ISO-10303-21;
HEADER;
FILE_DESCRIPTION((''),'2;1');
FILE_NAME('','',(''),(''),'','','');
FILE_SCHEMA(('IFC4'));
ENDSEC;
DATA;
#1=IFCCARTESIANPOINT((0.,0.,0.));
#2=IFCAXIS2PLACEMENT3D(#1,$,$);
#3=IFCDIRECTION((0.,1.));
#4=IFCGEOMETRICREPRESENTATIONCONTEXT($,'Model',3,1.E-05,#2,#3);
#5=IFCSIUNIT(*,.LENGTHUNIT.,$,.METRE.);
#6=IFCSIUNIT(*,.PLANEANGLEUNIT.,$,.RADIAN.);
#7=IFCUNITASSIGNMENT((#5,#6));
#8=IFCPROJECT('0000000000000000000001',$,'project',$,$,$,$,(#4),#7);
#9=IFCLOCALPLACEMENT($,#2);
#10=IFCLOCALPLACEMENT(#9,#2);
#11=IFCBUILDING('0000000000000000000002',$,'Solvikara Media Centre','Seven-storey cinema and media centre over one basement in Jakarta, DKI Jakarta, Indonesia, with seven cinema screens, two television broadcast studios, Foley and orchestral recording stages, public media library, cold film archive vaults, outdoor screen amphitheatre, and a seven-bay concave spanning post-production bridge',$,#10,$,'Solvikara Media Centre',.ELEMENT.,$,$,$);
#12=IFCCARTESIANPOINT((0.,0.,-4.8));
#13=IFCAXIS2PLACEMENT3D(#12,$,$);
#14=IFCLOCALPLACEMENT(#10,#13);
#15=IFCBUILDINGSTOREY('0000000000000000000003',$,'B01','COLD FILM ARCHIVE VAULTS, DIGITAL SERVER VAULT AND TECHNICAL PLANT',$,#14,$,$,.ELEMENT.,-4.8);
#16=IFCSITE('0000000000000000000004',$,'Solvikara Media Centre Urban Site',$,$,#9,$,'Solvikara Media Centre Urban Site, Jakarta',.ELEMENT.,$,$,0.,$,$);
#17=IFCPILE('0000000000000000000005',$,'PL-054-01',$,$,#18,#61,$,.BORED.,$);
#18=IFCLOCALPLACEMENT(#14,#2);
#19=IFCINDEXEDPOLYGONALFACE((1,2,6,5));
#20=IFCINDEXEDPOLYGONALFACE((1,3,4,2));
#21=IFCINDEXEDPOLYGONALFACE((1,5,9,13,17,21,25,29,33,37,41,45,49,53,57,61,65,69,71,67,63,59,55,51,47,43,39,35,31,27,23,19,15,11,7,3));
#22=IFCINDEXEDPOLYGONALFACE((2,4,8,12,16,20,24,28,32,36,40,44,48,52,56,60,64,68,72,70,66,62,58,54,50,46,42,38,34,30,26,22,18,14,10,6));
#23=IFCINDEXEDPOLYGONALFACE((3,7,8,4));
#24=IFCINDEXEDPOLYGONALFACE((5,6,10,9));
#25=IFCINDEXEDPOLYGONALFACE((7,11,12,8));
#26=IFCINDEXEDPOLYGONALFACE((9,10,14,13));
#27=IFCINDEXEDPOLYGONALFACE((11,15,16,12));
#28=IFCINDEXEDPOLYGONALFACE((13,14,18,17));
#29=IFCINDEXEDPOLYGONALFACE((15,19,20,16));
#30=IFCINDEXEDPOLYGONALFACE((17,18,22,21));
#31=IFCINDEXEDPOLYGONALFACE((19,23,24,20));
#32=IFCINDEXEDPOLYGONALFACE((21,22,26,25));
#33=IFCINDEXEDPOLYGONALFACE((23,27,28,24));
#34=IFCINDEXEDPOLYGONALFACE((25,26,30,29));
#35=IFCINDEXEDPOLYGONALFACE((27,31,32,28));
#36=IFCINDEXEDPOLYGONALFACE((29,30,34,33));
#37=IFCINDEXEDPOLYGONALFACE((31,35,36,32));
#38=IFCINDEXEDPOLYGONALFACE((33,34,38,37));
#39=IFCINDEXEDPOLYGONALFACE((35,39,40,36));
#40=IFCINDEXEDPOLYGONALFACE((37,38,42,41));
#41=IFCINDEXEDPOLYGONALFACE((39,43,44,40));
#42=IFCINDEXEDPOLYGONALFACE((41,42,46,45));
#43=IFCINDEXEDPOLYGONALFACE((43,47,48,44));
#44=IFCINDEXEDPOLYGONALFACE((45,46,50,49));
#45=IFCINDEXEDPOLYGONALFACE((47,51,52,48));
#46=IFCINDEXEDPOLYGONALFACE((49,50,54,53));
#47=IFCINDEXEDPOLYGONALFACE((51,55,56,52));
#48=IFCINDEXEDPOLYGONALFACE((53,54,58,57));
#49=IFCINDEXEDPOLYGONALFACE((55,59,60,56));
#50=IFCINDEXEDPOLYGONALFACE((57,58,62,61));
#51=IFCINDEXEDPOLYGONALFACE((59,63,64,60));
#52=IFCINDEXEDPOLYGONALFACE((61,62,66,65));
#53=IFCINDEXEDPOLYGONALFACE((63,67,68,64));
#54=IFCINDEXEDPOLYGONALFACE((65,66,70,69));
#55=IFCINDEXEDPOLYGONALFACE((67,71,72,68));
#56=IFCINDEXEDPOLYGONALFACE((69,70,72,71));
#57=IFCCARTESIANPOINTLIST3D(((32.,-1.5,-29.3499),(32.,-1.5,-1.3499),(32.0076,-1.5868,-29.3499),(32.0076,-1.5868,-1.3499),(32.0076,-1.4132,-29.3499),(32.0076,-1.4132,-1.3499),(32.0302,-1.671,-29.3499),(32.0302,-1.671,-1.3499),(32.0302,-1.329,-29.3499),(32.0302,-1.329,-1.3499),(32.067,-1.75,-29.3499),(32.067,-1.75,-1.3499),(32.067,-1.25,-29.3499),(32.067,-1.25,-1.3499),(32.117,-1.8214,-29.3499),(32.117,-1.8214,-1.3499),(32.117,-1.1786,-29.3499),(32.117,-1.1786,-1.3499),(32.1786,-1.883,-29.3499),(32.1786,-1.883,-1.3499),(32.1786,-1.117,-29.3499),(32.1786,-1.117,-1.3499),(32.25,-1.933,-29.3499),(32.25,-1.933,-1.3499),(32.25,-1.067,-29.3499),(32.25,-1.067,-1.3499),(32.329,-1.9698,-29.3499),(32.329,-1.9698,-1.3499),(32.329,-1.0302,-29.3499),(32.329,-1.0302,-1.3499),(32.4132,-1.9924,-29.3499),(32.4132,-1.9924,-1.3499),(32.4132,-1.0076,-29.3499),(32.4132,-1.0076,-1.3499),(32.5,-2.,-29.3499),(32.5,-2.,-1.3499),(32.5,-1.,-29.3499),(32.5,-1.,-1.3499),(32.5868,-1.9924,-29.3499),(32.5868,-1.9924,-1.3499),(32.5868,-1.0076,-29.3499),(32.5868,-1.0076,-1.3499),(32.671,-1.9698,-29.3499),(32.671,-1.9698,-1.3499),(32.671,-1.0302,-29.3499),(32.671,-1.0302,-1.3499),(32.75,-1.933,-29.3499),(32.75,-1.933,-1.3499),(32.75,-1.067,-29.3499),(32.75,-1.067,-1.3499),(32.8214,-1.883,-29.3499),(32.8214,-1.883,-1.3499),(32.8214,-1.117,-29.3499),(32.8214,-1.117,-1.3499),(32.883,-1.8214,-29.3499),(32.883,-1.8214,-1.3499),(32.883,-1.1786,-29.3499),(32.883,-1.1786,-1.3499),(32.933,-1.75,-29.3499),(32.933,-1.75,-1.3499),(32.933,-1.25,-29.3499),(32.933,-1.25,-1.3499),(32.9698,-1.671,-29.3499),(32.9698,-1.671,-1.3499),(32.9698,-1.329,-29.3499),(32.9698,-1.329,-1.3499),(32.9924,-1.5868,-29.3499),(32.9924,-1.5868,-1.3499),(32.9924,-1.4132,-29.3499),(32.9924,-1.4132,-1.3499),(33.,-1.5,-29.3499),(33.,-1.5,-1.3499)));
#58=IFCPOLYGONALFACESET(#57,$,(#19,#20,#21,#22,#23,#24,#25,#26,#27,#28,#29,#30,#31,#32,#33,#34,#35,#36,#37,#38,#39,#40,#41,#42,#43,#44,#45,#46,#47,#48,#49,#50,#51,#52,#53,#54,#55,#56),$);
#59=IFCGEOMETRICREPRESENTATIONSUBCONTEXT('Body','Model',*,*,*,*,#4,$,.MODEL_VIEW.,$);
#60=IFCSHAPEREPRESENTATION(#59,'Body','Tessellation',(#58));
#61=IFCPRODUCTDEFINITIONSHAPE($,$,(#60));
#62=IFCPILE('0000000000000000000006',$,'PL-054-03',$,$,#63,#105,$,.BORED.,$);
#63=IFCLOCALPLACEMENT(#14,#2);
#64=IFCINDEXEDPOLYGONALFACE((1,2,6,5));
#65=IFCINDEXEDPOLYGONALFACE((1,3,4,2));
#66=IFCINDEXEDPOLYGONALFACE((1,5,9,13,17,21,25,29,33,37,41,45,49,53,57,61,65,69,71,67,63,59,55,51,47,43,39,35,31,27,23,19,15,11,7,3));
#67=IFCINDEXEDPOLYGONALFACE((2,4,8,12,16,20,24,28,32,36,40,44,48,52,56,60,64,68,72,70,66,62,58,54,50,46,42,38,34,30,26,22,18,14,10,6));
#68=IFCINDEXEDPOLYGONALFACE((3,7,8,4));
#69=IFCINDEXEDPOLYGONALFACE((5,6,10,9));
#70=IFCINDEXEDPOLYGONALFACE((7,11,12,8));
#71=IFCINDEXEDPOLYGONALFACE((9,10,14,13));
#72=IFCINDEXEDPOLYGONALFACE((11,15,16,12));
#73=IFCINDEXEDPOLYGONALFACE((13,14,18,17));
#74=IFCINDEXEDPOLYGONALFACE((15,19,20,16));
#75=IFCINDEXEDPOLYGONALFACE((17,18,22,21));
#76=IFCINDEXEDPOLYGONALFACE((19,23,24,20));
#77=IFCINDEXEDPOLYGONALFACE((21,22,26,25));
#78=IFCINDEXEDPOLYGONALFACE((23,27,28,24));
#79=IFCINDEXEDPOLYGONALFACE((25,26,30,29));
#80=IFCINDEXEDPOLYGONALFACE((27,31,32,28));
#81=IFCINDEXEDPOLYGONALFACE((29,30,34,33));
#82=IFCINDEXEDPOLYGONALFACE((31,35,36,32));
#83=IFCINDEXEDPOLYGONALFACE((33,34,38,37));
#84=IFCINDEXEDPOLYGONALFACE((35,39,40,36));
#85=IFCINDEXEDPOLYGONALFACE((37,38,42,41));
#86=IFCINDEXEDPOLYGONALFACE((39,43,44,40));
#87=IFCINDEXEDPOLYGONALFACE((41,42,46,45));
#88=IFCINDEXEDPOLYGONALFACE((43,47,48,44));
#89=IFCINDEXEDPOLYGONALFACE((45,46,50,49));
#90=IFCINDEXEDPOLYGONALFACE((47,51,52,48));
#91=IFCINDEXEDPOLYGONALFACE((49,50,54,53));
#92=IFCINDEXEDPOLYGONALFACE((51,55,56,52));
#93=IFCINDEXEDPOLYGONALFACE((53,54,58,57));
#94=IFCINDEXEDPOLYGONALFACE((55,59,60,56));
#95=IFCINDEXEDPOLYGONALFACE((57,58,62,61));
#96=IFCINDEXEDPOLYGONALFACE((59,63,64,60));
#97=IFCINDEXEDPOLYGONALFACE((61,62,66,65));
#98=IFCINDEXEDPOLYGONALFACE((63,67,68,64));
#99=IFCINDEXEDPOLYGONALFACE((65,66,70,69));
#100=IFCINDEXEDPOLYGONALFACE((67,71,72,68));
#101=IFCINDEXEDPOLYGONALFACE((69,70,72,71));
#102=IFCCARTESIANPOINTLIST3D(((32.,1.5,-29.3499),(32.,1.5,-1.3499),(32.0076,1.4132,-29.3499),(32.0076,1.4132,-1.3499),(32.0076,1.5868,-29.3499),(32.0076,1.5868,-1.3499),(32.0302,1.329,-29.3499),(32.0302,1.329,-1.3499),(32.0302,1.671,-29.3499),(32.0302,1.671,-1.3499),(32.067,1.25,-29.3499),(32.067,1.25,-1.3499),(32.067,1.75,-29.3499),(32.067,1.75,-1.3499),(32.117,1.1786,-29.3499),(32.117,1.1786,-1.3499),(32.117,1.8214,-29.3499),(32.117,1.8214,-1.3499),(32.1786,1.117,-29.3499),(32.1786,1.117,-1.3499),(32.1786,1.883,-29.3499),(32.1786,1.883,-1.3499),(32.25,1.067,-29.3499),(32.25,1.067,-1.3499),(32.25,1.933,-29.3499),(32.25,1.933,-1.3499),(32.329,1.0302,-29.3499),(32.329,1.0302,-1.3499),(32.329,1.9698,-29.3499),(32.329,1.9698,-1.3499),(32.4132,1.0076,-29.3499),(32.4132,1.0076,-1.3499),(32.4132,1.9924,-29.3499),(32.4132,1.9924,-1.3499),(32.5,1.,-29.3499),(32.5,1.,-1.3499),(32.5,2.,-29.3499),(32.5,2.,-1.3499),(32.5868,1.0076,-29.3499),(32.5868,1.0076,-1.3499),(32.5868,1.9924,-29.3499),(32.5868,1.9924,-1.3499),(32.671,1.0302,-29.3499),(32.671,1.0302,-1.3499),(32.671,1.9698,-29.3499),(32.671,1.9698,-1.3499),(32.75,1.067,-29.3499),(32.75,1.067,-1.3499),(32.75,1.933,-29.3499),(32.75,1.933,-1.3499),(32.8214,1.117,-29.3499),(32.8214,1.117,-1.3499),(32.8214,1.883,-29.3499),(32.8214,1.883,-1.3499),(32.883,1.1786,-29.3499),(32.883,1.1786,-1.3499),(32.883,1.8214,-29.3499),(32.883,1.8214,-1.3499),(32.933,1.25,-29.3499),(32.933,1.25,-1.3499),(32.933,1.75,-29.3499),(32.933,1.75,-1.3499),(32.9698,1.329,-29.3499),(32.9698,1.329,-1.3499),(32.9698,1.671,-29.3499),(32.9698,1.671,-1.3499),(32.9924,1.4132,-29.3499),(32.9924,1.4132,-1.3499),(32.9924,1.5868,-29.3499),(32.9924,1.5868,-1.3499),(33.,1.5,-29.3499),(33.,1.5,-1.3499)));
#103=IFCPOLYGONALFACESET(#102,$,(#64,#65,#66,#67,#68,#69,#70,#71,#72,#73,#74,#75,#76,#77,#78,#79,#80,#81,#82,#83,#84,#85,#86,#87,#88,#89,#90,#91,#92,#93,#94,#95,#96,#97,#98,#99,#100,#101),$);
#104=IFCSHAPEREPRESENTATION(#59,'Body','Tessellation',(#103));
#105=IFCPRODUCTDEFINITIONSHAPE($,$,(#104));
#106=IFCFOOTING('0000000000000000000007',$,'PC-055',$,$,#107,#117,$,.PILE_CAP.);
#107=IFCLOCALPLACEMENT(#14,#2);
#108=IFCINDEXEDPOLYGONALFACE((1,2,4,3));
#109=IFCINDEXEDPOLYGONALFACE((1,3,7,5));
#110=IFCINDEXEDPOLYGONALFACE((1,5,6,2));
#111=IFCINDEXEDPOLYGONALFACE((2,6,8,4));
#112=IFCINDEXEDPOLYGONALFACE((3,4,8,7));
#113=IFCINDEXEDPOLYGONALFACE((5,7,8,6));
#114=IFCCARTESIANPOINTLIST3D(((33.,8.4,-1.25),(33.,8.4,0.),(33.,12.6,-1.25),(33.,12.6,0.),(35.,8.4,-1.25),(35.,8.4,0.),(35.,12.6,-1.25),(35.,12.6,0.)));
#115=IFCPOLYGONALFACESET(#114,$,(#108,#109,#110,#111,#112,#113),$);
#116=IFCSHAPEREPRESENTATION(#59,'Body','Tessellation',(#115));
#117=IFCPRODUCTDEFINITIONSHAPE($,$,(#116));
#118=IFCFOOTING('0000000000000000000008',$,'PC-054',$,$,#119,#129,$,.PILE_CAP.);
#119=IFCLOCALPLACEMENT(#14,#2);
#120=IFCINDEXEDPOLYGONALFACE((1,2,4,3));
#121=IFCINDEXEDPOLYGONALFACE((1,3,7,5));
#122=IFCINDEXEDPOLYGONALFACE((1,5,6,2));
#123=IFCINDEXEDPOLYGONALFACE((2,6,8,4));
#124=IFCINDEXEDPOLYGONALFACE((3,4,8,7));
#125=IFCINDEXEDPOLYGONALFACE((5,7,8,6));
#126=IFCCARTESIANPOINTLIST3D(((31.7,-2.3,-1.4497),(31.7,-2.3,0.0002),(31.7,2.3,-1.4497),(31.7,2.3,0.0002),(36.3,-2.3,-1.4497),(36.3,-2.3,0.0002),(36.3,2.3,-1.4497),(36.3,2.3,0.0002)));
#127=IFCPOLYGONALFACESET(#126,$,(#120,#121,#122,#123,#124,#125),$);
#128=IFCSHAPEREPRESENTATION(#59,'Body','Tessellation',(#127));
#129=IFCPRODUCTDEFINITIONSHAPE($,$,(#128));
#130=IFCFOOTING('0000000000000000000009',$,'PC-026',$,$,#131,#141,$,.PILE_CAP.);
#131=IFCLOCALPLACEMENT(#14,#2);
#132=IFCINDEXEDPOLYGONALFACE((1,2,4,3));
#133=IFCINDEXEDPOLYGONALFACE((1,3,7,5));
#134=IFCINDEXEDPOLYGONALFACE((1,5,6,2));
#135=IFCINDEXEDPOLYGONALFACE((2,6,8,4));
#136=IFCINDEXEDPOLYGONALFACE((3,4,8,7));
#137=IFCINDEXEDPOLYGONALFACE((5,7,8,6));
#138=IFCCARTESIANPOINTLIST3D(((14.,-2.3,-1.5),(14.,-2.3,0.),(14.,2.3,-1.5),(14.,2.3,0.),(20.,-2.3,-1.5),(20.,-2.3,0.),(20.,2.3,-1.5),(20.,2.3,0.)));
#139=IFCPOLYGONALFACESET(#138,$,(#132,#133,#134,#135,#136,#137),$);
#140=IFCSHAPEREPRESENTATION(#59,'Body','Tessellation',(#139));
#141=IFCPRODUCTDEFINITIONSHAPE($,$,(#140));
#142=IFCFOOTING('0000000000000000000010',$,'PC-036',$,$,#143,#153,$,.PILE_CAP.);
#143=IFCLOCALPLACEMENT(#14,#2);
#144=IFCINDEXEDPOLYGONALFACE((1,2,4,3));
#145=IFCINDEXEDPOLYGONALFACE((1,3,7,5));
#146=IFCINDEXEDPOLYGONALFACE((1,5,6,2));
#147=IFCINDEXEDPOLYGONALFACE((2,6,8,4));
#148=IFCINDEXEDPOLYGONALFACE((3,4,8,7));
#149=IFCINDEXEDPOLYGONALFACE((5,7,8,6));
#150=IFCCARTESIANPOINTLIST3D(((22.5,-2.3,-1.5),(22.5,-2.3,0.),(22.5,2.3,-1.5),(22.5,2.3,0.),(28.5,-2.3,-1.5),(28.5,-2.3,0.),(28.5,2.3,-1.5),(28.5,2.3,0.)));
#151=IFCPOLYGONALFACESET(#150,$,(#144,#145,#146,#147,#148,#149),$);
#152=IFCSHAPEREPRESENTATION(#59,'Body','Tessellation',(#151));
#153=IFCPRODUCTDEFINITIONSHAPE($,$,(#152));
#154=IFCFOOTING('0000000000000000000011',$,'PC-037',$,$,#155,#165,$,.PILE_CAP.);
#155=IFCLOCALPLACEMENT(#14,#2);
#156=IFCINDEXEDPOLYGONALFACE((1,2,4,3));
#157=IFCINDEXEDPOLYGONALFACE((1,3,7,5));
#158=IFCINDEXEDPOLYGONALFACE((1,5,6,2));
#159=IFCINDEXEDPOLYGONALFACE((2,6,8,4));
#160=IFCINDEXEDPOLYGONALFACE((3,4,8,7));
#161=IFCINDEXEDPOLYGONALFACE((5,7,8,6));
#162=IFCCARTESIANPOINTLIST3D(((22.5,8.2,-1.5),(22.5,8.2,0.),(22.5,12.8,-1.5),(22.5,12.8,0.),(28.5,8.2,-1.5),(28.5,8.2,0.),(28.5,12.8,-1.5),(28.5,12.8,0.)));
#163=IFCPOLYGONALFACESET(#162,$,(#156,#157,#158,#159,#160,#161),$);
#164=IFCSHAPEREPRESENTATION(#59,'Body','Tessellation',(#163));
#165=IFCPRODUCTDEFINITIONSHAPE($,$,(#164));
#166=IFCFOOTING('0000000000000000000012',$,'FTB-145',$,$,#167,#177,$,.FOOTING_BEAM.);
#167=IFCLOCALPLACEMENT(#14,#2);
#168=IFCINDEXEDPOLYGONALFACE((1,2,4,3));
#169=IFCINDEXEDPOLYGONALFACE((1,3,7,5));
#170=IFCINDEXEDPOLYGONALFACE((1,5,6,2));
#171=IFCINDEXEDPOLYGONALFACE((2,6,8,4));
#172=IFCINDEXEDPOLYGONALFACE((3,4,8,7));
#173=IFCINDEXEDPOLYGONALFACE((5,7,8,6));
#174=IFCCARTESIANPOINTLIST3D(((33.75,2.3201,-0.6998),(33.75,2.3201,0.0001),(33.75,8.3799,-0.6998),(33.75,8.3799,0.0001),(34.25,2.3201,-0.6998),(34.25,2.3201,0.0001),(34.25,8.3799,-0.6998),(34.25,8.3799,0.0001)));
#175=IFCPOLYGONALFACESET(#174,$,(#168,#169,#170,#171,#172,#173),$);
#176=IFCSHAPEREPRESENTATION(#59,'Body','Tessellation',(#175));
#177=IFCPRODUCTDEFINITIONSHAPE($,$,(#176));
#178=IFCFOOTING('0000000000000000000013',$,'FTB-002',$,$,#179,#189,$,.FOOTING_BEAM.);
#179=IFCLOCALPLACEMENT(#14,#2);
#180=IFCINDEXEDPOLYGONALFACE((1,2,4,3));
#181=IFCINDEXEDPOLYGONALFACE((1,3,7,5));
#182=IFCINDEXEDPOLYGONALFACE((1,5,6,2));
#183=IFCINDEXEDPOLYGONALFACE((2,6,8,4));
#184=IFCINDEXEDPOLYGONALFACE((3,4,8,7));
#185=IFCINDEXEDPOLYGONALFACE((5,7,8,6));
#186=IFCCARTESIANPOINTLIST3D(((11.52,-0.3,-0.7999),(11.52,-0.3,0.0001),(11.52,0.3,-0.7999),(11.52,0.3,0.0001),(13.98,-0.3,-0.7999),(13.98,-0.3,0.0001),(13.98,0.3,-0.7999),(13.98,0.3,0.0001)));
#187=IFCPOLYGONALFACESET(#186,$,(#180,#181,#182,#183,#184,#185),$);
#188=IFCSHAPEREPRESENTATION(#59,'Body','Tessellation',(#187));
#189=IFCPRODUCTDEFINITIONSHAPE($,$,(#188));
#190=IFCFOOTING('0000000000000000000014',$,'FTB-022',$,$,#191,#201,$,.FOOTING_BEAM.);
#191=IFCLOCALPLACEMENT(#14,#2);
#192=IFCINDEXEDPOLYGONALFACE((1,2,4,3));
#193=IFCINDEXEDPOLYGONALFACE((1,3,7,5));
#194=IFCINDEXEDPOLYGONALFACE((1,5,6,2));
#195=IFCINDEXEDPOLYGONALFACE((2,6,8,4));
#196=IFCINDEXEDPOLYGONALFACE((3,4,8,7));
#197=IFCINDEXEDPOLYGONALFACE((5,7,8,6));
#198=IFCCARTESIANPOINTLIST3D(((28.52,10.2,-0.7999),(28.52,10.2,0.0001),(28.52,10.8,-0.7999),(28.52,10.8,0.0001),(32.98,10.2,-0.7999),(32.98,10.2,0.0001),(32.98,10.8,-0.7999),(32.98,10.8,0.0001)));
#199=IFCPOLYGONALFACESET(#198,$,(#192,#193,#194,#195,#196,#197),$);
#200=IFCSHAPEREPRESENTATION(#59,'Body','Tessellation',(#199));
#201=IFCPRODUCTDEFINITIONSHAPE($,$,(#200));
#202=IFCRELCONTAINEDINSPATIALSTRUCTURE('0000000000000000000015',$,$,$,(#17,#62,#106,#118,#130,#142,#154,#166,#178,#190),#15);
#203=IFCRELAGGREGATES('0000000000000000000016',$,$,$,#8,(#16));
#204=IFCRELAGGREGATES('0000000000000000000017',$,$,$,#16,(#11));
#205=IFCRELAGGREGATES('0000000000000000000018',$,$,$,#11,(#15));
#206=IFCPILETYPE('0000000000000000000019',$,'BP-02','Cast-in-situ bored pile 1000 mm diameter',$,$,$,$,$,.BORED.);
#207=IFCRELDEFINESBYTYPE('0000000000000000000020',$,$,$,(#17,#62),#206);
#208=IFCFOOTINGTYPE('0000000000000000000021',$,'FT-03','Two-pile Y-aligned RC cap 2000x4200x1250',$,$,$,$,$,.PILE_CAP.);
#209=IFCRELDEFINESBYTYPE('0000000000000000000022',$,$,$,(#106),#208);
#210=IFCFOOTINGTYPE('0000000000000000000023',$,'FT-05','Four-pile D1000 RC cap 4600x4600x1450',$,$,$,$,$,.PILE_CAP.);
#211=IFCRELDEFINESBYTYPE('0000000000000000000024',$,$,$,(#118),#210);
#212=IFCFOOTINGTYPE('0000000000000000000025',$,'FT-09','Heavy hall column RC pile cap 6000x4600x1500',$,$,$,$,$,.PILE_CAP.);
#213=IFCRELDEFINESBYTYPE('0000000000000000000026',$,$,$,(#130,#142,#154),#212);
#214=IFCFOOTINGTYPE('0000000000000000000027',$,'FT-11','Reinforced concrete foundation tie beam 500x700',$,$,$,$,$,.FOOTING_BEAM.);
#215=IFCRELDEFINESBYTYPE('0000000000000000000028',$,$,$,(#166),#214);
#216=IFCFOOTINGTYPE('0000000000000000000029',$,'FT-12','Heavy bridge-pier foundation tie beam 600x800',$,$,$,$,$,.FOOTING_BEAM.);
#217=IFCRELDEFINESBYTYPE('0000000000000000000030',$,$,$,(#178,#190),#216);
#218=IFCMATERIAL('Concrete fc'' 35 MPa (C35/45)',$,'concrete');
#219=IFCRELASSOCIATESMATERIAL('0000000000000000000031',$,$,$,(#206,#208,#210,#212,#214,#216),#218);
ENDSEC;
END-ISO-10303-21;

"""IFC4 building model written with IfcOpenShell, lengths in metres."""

from ifc_helpers import new_model, si_unit, direction, frame, origin, origin_2d, place, context, subcontext, project, spatial, rectangle, circle, extrude, material, material_profile, profile_set, type_object, element, save


model = new_model("IFC4")

# Units and contexts
model_context = context("Model", 3, precision=1e-05, world=origin(), true_north=direction((0.0, 1.0)))
body_context = subcontext(model_context, "Body", "Model", "MODEL_VIEW")
ifc_project = project(units=[si_unit("LENGTHUNIT", "METRE"), si_unit("PLANEANGLEUNIT", "RADIAN")], contexts=[model_context])

# Site, building, storey
site_placement = place(None, origin())
site = spatial("IfcSite", under=ifc_project, at=site_placement, Name="Solvikara Media Centre Urban Site", LongName="Solvikara Media Centre Urban Site, Jakarta", CompositionType="ELEMENT", RefElevation=0.0)
building_placement = place(site_placement, origin())
building = spatial("IfcBuilding", under=site, at=building_placement, Name="Solvikara Media Centre", Description="Seven-storey cinema and media centre over one basement in Jakarta, DKI Jakarta, Indonesia, with seven cinema screens, two television broadcast studios, Foley and orchestral recording stages, public media library, cold film archive vaults, outdoor screen amphitheatre, and a seven-bay concave spanning post-production bridge", LongName="Solvikara Media Centre", CompositionType="ELEMENT")
storey_placement = place(building_placement, frame((0.0, 0.0, -4.8)))
storey = spatial("IfcBuildingStorey", under=building, at=storey_placement, Name="B01", Description="COLD FILM ARCHIVE VAULTS, DIGITAL SERVER VAULT AND TECHNICAL PLANT", CompositionType="ELEMENT", Elevation=-4.8)

# Piles
ifc_material_1 = material(Name="Concrete fc' 35 MPa (C35/45)", Category="concrete")
ifc_material_profile_1 = material_profile(ifc_material_1, circle(Radius=0.5, at=origin_2d()), Name="BORED PILE D1000")
ifc_profile_set_1 = profile_set([ifc_material_profile_1], Name="Concrete fc' 35 MPa (C35/45)")
pile_type_1 = type_object("IfcPileType", Name="BP-02", Description="Cast-in-situ bored pile 1000 mm diameter", PredefinedType="BORED", material=ifc_profile_set_1)
for number, where, z_axis, x_axis, name in (
    (1, (32.5, -1.5, -1.3499), (0.0, 0.0, -1.0), (1.0, 0.0, 0.0), "PL-054-01"),
    (2, (32.5, 1.5, -1.3499), (0.0, 0.0, -1.0), (1.0, 0.0, 0.0), "PL-054-03"),
):
    element("IfcPile", number, at=place(storey_placement, frame(where, z_axis=z_axis, x_axis=x_axis)), inside=storey, type_object=pile_type_1, Name=name, PredefinedType="BORED", context=body_context, shape_type="SweptSolid", body=[
        extrude(circle(Radius=0.5, at=origin_2d()), origin(), (0.0, 0.0, 1.0), 28.0),
    ])

# Footings
footing_type_1 = type_object("IfcFootingType", Name="FT-03", Description="Two-pile Y-aligned RC cap 2000x4200x1250", PredefinedType="PILE_CAP", material=ifc_material_1)
footing_1_placement = place(storey_placement, frame((34.0, 10.5, -1.25), z_axis=(0.0, 0.0, 1.0), x_axis=(1.0, 0.0, 0.0)))
element("IfcFooting", 3, at=footing_1_placement, inside=storey, type_object=footing_type_1, Name="PC-055", PredefinedType="PILE_CAP", context=body_context, shape_type="SweptSolid", body=[
    extrude(rectangle(XDim=2.0, YDim=4.2, at=origin_2d()), origin(), (0.0, 0.0, 1.0), 1.25),
])
footing_type_2 = type_object("IfcFootingType", Name="FT-05", Description="Four-pile D1000 RC cap 4600x4600x1450", PredefinedType="PILE_CAP", material=ifc_material_1)
footing_2_placement = place(storey_placement, frame((34.0, 0.0, -1.4497), z_axis=(0.0, 0.0, 1.0), x_axis=(1.0, 0.0, 0.0)))
element("IfcFooting", 4, at=footing_2_placement, inside=storey, type_object=footing_type_2, Name="PC-054", PredefinedType="PILE_CAP", context=body_context, shape_type="SweptSolid", body=[
    extrude(rectangle(XDim=4.6001, YDim=4.6001, at=origin_2d()), origin(), (0.0, 0.0, 1.0), 1.45),
])
footing_type_3 = type_object("IfcFootingType", Name="FT-09", Description="Heavy hall column RC pile cap 6000x4600x1500", PredefinedType="PILE_CAP", material=ifc_material_1)
for number, where, z_axis, x_axis, name in (
    (5, (17.0, 0.0, -1.5), (0.0, 0.0, 1.0), (1.0, 0.0, 0.0), "PC-026"),
    (6, (25.5, 0.0, -1.5), (0.0, 0.0, 1.0), (1.0, 0.0, 0.0), "PC-036"),
    (7, (25.5, 10.5, -1.5), (0.0, 0.0, 1.0), (1.0, 0.0, 0.0), "PC-037"),
):
    element("IfcFooting", number, at=place(storey_placement, frame(where, z_axis=z_axis, x_axis=x_axis)), inside=storey, type_object=footing_type_3, Name=name, PredefinedType="PILE_CAP", context=body_context, shape_type="SweptSolid", body=[
        extrude(rectangle(XDim=6.0, YDim=4.6001, at=origin_2d()), origin(), (0.0, 0.0, 1.0), 1.5),
    ])
ifc_material_profile_2 = material_profile(ifc_material_1, rectangle(XDim=0.5, YDim=0.7, at=origin_2d()), Name="RC 500x700")
ifc_profile_set_2 = profile_set([ifc_material_profile_2], Name="Concrete fc' 35 MPa (C35/45)")
footing_type_4 = type_object("IfcFootingType", Name="FT-11", Description="Reinforced concrete foundation tie beam 500x700", PredefinedType="FOOTING_BEAM", material=ifc_profile_set_2)
footing_3_placement = place(storey_placement, frame((34.0, 2.3201, -0.3499), z_axis=(0.0, 1.0, 0.0), x_axis=(-1.0, 0.0, 0.0)))
element("IfcFooting", 8, at=footing_3_placement, inside=storey, type_object=footing_type_4, Name="FTB-145", PredefinedType="FOOTING_BEAM", context=body_context, shape_type="SweptSolid", body=[
    extrude(rectangle(XDim=0.5, YDim=0.7, at=origin_2d()), origin(), (0.0, 0.0, 1.0), 6.0598),
])
ifc_material_profile_3 = material_profile(ifc_material_1, rectangle(XDim=0.6001, YDim=0.8, at=origin_2d()), Name="RC 600x800")
ifc_profile_set_3 = profile_set([ifc_material_profile_3], Name="Concrete fc' 35 MPa (C35/45)")
footing_type_5 = type_object("IfcFootingType", Name="FT-12", Description="Heavy bridge-pier foundation tie beam 600x800", PredefinedType="FOOTING_BEAM", material=ifc_profile_set_3)
footing_4_placement = place(storey_placement, frame((11.52, 0.0, -0.3999), z_axis=(1.0, 0.0, 0.0), x_axis=(0.0, 1.0, 0.0)))
element("IfcFooting", 9, at=footing_4_placement, inside=storey, type_object=footing_type_5, Name="FTB-002", PredefinedType="FOOTING_BEAM", context=body_context, shape_type="SweptSolid", body=[
    extrude(rectangle(XDim=0.6001, YDim=0.8, at=origin_2d()), origin(), (0.0, 0.0, 1.0), 2.46),
])
footing_5_placement = place(storey_placement, frame((28.52, 10.5, -0.3999), z_axis=(1.0, 0.0, 0.0), x_axis=(0.0, 1.0, 0.0)))
element("IfcFooting", 10, at=footing_5_placement, inside=storey, type_object=footing_type_5, Name="FTB-022", PredefinedType="FOOTING_BEAM", context=body_context, shape_type="SweptSolid", body=[
    extrude(rectangle(XDim=0.6001, YDim=0.8, at=origin_2d()), origin(), (0.0, 0.0, 1.0), 4.46),
])

save(model, "model.ifc")
